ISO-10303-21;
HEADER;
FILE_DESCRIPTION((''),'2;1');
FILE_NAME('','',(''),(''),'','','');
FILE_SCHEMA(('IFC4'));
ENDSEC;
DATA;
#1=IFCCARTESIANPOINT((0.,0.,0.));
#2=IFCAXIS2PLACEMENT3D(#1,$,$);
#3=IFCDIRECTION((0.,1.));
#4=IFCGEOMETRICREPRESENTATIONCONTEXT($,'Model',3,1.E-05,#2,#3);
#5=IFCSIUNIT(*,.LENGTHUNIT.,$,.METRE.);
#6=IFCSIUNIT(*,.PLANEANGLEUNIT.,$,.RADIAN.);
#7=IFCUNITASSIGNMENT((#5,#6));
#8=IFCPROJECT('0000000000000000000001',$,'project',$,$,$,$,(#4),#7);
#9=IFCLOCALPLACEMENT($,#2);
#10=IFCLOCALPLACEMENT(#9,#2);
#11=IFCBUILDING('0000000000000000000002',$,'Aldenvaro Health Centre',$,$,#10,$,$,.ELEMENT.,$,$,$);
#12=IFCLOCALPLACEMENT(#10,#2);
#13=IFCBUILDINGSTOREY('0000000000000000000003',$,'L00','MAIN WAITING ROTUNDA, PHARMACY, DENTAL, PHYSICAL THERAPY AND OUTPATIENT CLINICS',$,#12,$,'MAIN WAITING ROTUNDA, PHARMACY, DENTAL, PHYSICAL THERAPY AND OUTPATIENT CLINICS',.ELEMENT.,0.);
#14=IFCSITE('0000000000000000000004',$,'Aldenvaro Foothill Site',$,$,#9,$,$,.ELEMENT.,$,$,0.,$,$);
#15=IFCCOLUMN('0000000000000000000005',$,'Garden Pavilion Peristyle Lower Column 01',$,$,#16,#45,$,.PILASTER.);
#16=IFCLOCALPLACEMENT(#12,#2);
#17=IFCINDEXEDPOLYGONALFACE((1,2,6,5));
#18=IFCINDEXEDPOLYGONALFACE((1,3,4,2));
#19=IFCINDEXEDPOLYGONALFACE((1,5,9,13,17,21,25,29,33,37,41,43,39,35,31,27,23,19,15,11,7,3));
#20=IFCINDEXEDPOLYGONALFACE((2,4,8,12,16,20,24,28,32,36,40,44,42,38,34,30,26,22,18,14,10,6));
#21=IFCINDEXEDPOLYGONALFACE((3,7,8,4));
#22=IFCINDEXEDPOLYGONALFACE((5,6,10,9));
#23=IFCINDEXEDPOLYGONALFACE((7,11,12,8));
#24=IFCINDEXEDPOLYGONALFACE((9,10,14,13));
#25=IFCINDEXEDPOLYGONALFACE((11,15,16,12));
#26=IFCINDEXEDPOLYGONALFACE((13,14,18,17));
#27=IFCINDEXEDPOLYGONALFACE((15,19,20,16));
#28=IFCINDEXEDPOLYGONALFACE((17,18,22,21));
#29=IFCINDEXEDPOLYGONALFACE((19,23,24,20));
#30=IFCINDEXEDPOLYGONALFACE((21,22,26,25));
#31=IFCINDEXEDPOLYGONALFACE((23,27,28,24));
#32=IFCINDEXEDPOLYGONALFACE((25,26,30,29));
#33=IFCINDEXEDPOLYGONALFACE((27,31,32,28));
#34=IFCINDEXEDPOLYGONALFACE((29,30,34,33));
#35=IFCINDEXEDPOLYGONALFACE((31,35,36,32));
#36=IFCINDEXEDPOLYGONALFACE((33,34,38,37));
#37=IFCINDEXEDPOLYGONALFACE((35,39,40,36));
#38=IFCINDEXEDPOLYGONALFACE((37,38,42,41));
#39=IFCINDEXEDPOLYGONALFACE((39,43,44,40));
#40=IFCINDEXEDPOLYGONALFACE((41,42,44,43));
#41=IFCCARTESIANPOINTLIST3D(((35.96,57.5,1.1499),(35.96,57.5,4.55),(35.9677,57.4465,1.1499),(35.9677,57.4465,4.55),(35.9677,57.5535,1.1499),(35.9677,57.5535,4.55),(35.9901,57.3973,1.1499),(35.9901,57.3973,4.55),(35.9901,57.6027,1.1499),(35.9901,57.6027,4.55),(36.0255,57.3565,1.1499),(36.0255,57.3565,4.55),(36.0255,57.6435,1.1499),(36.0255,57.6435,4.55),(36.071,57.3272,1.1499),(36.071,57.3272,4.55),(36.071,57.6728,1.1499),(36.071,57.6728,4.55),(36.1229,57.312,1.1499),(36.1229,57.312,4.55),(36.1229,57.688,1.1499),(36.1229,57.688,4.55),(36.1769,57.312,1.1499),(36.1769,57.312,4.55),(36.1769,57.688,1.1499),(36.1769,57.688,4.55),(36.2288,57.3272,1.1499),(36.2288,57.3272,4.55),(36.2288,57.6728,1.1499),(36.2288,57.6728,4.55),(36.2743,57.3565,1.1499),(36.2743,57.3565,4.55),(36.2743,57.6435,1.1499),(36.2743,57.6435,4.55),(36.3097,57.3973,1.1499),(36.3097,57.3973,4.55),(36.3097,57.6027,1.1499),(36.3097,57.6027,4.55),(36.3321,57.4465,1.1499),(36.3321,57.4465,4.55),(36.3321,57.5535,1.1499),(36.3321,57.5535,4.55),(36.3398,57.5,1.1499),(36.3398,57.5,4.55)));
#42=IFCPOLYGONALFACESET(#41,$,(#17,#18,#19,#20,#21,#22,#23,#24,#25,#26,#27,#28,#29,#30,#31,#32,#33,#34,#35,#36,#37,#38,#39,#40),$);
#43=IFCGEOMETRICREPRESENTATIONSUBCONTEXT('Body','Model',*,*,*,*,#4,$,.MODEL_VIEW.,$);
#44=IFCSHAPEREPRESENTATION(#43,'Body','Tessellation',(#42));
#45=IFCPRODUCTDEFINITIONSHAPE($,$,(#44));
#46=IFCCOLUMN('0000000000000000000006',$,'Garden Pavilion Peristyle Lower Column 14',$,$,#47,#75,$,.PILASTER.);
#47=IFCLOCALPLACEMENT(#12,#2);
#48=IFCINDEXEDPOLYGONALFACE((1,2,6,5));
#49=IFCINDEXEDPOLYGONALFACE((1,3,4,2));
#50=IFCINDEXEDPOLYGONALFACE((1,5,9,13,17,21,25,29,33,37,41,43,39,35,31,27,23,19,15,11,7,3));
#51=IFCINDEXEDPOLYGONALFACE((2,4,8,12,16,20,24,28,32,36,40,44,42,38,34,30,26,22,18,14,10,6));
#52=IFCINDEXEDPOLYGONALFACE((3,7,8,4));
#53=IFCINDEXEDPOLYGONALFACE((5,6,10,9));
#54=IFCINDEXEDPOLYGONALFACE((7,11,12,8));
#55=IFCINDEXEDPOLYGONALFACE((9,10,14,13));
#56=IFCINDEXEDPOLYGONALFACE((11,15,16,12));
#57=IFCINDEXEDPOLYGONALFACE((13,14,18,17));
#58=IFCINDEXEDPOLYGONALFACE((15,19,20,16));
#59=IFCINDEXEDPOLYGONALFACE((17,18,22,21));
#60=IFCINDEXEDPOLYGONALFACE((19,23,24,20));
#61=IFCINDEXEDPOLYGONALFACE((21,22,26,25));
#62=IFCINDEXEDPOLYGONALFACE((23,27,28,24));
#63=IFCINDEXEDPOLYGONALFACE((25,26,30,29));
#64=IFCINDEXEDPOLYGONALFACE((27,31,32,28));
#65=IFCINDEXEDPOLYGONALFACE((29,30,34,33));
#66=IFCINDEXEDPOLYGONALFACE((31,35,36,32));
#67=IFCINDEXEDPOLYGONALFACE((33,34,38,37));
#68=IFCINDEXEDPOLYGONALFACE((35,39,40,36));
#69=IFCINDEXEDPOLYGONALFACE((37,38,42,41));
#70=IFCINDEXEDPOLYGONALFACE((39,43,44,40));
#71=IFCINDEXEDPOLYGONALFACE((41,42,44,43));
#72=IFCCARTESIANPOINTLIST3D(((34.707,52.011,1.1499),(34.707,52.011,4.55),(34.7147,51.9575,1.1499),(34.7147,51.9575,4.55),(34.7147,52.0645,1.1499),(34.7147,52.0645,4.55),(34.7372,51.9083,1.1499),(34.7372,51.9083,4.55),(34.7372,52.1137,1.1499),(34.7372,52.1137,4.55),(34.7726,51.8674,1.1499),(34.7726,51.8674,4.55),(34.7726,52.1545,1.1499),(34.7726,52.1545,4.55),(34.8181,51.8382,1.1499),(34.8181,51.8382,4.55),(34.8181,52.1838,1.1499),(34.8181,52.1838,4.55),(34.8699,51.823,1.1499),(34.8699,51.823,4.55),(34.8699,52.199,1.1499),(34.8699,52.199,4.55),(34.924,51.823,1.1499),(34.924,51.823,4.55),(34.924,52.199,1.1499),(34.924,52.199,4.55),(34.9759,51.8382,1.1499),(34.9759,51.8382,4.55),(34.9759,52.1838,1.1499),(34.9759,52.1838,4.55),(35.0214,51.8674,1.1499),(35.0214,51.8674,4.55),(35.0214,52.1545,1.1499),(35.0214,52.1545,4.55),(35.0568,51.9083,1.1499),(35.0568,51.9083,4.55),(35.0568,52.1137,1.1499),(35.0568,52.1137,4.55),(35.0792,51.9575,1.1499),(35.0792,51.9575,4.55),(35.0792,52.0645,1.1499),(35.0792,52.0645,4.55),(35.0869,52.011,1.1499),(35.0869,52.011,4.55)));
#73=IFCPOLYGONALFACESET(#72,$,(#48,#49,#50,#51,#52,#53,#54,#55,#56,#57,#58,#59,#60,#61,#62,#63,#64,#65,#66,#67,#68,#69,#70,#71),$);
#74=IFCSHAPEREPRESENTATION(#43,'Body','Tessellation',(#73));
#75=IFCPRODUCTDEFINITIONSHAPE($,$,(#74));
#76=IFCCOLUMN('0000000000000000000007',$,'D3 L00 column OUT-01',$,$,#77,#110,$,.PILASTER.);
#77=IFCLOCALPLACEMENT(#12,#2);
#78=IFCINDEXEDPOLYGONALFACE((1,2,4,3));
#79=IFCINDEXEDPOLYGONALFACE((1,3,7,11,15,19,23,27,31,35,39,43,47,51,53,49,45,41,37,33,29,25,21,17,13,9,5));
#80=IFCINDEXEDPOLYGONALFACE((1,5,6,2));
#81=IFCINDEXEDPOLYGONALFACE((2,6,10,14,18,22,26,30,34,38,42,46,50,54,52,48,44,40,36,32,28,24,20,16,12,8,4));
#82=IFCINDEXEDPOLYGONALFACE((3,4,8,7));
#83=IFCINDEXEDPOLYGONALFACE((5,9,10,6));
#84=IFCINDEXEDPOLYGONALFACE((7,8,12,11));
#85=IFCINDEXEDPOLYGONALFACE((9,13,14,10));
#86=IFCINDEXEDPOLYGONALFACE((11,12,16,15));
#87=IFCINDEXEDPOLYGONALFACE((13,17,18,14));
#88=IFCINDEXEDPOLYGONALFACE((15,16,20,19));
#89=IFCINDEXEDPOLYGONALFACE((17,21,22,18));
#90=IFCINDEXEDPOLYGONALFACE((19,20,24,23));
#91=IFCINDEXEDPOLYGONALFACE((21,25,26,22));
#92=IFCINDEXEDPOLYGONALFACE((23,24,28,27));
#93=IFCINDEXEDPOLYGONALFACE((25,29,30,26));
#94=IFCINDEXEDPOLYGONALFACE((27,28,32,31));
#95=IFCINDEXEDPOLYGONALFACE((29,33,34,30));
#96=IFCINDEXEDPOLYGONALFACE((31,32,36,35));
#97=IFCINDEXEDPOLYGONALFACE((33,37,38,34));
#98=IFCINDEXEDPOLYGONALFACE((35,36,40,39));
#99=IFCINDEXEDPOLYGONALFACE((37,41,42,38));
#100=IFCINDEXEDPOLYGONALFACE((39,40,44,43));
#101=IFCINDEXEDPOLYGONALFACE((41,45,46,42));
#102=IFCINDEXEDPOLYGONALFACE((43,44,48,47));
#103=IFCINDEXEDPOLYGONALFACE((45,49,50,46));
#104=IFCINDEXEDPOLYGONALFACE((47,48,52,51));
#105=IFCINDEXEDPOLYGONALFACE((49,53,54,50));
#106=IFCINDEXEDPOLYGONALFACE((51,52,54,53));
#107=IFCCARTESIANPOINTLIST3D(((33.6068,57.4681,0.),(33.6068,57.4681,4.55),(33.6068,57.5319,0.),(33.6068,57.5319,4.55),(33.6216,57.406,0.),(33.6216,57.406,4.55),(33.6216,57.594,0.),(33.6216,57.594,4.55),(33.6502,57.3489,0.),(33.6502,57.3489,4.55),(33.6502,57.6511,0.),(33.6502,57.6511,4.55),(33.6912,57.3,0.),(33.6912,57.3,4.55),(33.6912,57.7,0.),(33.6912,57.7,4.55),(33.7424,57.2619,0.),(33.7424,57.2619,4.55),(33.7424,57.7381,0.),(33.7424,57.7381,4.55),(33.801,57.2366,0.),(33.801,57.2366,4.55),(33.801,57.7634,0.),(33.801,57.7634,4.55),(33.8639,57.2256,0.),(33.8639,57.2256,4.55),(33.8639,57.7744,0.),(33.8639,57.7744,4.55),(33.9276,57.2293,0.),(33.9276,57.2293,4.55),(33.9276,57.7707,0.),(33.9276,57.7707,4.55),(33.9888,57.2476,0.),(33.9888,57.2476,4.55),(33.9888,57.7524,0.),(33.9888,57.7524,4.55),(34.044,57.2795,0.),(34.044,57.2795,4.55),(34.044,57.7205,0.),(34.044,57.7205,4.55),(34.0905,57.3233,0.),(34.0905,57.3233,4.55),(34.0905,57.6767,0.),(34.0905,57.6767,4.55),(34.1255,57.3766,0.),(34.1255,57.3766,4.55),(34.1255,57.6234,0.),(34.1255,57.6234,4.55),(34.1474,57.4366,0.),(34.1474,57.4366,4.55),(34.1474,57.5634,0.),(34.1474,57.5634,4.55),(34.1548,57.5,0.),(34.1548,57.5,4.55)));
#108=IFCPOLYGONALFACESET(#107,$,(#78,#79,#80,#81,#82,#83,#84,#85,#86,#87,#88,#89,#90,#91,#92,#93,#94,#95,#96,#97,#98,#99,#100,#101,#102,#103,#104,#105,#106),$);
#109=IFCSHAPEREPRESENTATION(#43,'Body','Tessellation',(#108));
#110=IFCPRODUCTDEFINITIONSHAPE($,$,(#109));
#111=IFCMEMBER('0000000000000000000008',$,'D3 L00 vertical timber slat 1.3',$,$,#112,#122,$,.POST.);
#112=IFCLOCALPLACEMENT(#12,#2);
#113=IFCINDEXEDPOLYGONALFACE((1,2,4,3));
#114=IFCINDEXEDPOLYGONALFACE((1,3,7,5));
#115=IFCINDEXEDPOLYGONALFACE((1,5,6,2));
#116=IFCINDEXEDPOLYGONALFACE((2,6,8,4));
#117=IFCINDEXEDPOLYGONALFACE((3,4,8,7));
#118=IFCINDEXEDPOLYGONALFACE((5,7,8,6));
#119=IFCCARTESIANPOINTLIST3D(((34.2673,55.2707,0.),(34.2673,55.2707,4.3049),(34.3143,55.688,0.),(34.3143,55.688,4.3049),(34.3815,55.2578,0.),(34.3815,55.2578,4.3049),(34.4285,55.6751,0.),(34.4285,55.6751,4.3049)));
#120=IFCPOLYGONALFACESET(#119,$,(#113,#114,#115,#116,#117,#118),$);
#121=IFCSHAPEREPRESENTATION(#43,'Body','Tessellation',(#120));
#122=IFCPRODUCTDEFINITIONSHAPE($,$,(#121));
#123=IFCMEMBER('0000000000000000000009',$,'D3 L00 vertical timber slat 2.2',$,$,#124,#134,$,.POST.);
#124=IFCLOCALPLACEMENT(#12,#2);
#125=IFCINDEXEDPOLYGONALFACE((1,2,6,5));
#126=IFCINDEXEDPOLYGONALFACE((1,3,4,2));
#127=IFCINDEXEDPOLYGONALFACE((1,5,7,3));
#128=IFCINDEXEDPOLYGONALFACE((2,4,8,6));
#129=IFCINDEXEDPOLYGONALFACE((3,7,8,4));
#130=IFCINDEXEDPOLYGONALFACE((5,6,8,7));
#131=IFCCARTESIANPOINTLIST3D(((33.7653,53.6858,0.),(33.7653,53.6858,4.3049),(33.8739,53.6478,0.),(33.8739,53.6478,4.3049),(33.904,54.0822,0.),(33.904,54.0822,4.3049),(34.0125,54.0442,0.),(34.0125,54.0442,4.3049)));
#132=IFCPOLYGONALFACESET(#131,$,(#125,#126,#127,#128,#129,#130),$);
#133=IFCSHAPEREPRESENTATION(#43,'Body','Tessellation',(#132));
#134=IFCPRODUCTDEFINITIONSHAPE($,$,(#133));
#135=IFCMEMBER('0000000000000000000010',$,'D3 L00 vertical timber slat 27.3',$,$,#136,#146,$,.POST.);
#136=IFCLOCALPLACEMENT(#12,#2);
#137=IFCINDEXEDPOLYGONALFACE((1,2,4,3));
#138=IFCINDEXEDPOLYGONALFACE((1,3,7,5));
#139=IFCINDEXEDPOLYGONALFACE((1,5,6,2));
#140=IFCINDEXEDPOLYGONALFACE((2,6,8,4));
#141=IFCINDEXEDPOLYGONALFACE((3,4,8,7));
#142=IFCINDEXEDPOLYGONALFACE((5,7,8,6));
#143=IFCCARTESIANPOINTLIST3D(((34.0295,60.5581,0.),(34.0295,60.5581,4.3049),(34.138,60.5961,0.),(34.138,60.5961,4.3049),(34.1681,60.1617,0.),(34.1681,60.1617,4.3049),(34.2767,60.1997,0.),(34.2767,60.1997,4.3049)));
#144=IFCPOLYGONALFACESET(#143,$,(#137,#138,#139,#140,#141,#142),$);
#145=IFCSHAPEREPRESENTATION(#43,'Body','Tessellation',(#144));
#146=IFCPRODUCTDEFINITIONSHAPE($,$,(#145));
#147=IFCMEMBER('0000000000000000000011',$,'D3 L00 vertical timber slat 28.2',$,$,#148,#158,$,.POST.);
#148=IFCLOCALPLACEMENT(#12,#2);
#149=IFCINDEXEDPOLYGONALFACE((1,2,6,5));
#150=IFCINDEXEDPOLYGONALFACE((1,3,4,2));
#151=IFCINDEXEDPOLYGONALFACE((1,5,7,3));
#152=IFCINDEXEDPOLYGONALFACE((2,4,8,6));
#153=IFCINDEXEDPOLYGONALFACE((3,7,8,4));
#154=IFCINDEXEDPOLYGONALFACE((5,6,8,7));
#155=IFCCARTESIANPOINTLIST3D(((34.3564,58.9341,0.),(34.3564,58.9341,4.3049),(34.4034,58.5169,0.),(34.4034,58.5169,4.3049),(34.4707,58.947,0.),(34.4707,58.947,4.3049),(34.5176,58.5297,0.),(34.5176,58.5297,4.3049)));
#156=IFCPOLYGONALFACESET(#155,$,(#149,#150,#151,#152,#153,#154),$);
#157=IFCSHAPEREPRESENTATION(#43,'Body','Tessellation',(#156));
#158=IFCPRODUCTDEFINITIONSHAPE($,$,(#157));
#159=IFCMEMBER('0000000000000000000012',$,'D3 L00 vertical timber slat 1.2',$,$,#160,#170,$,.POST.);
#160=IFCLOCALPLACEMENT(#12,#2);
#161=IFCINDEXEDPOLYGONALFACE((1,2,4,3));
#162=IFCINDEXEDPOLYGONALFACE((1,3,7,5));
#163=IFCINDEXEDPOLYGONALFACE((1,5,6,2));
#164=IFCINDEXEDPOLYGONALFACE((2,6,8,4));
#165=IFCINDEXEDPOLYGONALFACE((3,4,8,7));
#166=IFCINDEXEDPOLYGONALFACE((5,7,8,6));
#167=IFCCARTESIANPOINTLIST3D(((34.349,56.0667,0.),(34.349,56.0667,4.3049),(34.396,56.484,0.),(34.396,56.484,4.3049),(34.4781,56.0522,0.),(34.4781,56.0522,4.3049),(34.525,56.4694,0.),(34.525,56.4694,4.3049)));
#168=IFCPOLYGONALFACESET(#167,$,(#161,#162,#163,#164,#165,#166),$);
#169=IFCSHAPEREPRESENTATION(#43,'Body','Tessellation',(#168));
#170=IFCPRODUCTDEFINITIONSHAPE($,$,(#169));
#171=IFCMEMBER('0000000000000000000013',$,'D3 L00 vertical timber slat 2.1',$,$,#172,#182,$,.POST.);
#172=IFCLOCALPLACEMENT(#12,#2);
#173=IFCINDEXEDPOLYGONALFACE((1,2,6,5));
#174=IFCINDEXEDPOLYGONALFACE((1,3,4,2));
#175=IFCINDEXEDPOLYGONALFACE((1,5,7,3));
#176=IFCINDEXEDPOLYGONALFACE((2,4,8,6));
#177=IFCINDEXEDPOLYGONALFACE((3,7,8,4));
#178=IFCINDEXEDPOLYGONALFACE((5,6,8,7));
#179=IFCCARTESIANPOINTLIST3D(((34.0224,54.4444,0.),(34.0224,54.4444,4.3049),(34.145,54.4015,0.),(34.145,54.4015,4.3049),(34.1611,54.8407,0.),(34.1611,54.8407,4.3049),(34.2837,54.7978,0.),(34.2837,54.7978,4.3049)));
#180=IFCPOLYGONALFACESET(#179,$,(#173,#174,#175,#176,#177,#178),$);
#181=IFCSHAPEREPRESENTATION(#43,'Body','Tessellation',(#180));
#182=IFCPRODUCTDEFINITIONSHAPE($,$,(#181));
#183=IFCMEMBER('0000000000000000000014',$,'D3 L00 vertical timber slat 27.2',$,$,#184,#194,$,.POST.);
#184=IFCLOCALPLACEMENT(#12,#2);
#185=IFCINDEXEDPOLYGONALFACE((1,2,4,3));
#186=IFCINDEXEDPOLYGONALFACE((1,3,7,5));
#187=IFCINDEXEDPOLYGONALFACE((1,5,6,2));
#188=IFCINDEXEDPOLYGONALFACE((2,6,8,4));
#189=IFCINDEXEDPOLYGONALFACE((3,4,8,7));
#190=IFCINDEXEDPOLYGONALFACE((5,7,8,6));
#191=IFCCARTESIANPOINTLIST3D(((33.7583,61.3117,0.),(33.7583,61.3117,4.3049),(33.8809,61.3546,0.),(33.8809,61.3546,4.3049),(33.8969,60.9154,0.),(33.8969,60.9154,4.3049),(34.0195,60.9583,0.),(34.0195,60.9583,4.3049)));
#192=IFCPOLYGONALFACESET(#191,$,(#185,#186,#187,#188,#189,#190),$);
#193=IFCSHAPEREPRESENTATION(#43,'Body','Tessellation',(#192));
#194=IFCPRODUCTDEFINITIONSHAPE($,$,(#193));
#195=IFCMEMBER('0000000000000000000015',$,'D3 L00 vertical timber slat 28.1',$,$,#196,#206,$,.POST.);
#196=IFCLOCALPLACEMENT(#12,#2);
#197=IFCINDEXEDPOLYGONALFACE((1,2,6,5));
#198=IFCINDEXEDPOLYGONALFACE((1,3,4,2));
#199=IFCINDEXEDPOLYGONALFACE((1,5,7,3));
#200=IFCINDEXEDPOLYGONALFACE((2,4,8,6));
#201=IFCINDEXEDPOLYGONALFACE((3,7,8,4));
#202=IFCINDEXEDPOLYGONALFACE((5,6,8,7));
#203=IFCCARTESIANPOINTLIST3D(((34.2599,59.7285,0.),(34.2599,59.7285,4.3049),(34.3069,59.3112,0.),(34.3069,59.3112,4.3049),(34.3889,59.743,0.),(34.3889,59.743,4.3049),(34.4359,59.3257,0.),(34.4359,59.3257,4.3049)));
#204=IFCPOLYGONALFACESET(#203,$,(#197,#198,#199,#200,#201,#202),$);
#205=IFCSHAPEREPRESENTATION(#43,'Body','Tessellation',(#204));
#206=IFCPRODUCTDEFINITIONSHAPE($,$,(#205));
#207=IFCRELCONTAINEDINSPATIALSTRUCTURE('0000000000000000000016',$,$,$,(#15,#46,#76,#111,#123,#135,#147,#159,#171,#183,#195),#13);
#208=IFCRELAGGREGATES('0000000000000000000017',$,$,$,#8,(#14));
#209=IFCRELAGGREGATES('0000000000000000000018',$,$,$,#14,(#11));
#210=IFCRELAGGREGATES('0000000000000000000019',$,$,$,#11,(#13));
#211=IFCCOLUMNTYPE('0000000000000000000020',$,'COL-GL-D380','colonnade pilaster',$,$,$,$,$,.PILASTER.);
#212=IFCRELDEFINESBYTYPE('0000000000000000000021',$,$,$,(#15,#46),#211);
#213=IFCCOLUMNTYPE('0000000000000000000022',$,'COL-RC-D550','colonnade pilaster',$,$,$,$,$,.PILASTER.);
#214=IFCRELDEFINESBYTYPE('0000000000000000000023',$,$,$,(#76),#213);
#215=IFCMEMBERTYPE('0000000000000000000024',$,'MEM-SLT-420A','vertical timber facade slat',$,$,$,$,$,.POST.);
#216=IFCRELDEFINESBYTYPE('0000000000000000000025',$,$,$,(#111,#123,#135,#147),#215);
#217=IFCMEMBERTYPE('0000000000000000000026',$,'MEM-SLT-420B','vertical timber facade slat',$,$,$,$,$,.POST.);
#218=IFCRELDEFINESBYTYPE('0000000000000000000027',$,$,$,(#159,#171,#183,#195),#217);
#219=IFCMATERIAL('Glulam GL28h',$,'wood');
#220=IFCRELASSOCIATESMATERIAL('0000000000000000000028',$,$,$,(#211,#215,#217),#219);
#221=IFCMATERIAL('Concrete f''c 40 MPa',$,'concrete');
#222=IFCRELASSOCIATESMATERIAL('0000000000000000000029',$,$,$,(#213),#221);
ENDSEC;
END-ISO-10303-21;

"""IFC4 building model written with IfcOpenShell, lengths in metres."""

from ifc_helpers import new_model, si_unit, direction, frame, origin, origin_2d, place, context, subcontext, project, spatial, rectangle, circle, extrude, material, material_profile, profile_set, type_object, element, save


model = new_model("IFC4")

# Units and contexts
model_context = context("Model", 3, precision=1e-05, world=origin(), true_north=direction((0.0, 1.0)))
body_context = subcontext(model_context, "Body", "Model", "MODEL_VIEW")
ifc_project = project(units=[si_unit("LENGTHUNIT", "METRE"), si_unit("PLANEANGLEUNIT", "RADIAN")], contexts=[model_context])

# Site, building, storey
site_placement = place(None, origin())
site = spatial("IfcSite", under=ifc_project, at=site_placement, Name="Aldenvaro Foothill Site", CompositionType="ELEMENT", RefElevation=0.0)
building_placement = place(site_placement, origin())
building = spatial("IfcBuilding", under=site, at=building_placement, Name="Aldenvaro Health Centre", CompositionType="ELEMENT")
storey_placement = place(building_placement, origin())
storey = spatial("IfcBuildingStorey", under=building, at=storey_placement, Name="L00", Description="MAIN WAITING ROTUNDA, PHARMACY, DENTAL, PHYSICAL THERAPY AND OUTPATIENT CLINICS", LongName="MAIN WAITING ROTUNDA, PHARMACY, DENTAL, PHYSICAL THERAPY AND OUTPATIENT CLINICS", CompositionType="ELEMENT", Elevation=0.0)

# Columns
ifc_material_1 = material(Name="Glulam GL28h", Category="wood")
ifc_material_profile_1 = material_profile(ifc_material_1, circle(Radius=0.1899, at=origin_2d()), Name="GL D380", Category="wood")
ifc_profile_set_1 = profile_set([ifc_material_profile_1], Name="Glulam GL28h")
column_type_1 = type_object("IfcColumnType", Name="COL-GL-D380", Description="colonnade pilaster", PredefinedType="PILASTER", material=ifc_profile_set_1)
for number, where, z_axis, x_axis, name in (
    (1, (36.1499, 57.5, 1.1499), (0.0, 0.0, 1.0), (1.0, 0.0, 0.0), "Garden Pavilion Peristyle Lower Column 01"),
    (2, (34.897, 52.011, 1.1499), (0.0, 0.0, 1.0), (1.0, 0.0, 0.0), "Garden Pavilion Peristyle Lower Column 14"),
):
    element("IfcColumn", number, at=place(storey_placement, frame(where, z_axis=z_axis, x_axis=x_axis)), inside=storey, type_object=column_type_1, Name=name, PredefinedType="PILASTER", context=body_context, shape_type="SweptSolid", body=[
        extrude(circle(Radius=0.1899, at=origin_2d()), origin(), (0.0, 0.0, 1.0), 3.4001),
    ])
ifc_material_2 = material(Name="Concrete f'c 40 MPa", Category="concrete")
ifc_material_profile_2 = material_profile(ifc_material_2, circle(Radius=0.2749, at=origin_2d()), Name="RC D550", Category="concrete")
ifc_profile_set_2 = profile_set([ifc_material_profile_2], Name="Concrete f'c 40 MPa")
column_type_2 = type_object("IfcColumnType", Name="COL-RC-D550", Description="colonnade pilaster", PredefinedType="PILASTER", material=ifc_profile_set_2)
column_placement = place(storey_placement, frame((33.8799, 57.5, 0.0), z_axis=(0.0, 0.0, 1.0), x_axis=(1.0, 0.0, 0.0)))
element("IfcColumn", 3, at=column_placement, inside=storey, type_object=column_type_2, Name="D3 L00 column OUT-01", PredefinedType="PILASTER", context=body_context, shape_type="SweptSolid", body=[
    extrude(circle(Radius=0.2749, at=origin_2d()), origin(), (0.0, 0.0, 1.0), 4.55),
])

# Members
ifc_material_profile_3 = material_profile(ifc_material_1, rectangle(XDim=0.115, YDim=0.4199, at=origin_2d()), Name="GL 115x420", Category="wood")
ifc_profile_set_3 = profile_set([ifc_material_profile_3], Name="Glulam GL28h")
member_type_1 = type_object("IfcMemberType", Name="MEM-SLT-420A", Description="vertical timber facade slat", PredefinedType="POST", material=ifc_profile_set_3)
for number, where, z_axis, x_axis, name in (
    (4, (34.3479, 55.4729, 0.0), (0.0, 0.0, 1.0), (0.993723, -0.111871, 0.0), "D3 L00 vertical timber slat 1.3"),
    (5, (33.8889, 53.865, 0.0), (0.0, 0.0, 1.0), (0.943909, -0.330204, 0.0), "D3 L00 vertical timber slat 2.2"),
    (6, (34.1531, 60.3789, 0.0), (0.0, 0.0, 1.0), (0.943909, 0.330204, 0.0), "D3 L00 vertical timber slat 27.3"),
    (7, (34.437, 58.7319, 0.0), (0.0, 0.0, 1.0), (0.993723, 0.111871, 0.0), "D3 L00 vertical timber slat 28.2"),
):
    element("IfcMember", number, at=place(storey_placement, frame(where, z_axis=z_axis, x_axis=x_axis)), inside=storey, type_object=member_type_1, Name=name, PredefinedType="POST", context=body_context, shape_type="SweptSolid", body=[
        extrude(rectangle(XDim=0.115, YDim=0.4199, at=origin_2d()), origin(), (0.0, 0.0, 1.0), 4.3049),
    ])
ifc_material_profile_4 = material_profile(ifc_material_1, rectangle(XDim=0.1299, YDim=0.4199, at=origin_2d()), Name="GL 130x420", Category="wood")
ifc_profile_set_4 = profile_set([ifc_material_profile_4], Name="Glulam GL28h")
member_type_2 = type_object("IfcMemberType", Name="MEM-SLT-420B", Description="vertical timber facade slat", PredefinedType="POST", material=ifc_profile_set_4)
for number, where, z_axis, x_axis, name in (
    (8, (34.437, 56.2681, 0.0), (0.0, 0.0, 1.0), (0.993723, -0.111871, 0.0), "D3 L00 vertical timber slat 1.2"),
    (9, (34.1531, 54.6211, 0.0), (0.0, 0.0, 1.0), (0.943909, -0.330204, 0.0), "D3 L00 vertical timber slat 2.1"),
    (10, (33.8889, 61.135, 0.0), (0.0, 0.0, 1.0), (0.943909, 0.330204, 0.0), "D3 L00 vertical timber slat 27.2"),
    (11, (34.3479, 59.5271, 0.0), (0.0, 0.0, 1.0), (0.993723, 0.111871, 0.0), "D3 L00 vertical timber slat 28.1"),
):
    element("IfcMember", number, at=place(storey_placement, frame(where, z_axis=z_axis, x_axis=x_axis)), inside=storey, type_object=member_type_2, Name=name, PredefinedType="POST", context=body_context, shape_type="SweptSolid", body=[
        extrude(rectangle(XDim=0.1299, YDim=0.4199, at=origin_2d()), origin(), (0.0, 0.0, 1.0), 4.3049),
    ])

save(model, "model.ifc")
